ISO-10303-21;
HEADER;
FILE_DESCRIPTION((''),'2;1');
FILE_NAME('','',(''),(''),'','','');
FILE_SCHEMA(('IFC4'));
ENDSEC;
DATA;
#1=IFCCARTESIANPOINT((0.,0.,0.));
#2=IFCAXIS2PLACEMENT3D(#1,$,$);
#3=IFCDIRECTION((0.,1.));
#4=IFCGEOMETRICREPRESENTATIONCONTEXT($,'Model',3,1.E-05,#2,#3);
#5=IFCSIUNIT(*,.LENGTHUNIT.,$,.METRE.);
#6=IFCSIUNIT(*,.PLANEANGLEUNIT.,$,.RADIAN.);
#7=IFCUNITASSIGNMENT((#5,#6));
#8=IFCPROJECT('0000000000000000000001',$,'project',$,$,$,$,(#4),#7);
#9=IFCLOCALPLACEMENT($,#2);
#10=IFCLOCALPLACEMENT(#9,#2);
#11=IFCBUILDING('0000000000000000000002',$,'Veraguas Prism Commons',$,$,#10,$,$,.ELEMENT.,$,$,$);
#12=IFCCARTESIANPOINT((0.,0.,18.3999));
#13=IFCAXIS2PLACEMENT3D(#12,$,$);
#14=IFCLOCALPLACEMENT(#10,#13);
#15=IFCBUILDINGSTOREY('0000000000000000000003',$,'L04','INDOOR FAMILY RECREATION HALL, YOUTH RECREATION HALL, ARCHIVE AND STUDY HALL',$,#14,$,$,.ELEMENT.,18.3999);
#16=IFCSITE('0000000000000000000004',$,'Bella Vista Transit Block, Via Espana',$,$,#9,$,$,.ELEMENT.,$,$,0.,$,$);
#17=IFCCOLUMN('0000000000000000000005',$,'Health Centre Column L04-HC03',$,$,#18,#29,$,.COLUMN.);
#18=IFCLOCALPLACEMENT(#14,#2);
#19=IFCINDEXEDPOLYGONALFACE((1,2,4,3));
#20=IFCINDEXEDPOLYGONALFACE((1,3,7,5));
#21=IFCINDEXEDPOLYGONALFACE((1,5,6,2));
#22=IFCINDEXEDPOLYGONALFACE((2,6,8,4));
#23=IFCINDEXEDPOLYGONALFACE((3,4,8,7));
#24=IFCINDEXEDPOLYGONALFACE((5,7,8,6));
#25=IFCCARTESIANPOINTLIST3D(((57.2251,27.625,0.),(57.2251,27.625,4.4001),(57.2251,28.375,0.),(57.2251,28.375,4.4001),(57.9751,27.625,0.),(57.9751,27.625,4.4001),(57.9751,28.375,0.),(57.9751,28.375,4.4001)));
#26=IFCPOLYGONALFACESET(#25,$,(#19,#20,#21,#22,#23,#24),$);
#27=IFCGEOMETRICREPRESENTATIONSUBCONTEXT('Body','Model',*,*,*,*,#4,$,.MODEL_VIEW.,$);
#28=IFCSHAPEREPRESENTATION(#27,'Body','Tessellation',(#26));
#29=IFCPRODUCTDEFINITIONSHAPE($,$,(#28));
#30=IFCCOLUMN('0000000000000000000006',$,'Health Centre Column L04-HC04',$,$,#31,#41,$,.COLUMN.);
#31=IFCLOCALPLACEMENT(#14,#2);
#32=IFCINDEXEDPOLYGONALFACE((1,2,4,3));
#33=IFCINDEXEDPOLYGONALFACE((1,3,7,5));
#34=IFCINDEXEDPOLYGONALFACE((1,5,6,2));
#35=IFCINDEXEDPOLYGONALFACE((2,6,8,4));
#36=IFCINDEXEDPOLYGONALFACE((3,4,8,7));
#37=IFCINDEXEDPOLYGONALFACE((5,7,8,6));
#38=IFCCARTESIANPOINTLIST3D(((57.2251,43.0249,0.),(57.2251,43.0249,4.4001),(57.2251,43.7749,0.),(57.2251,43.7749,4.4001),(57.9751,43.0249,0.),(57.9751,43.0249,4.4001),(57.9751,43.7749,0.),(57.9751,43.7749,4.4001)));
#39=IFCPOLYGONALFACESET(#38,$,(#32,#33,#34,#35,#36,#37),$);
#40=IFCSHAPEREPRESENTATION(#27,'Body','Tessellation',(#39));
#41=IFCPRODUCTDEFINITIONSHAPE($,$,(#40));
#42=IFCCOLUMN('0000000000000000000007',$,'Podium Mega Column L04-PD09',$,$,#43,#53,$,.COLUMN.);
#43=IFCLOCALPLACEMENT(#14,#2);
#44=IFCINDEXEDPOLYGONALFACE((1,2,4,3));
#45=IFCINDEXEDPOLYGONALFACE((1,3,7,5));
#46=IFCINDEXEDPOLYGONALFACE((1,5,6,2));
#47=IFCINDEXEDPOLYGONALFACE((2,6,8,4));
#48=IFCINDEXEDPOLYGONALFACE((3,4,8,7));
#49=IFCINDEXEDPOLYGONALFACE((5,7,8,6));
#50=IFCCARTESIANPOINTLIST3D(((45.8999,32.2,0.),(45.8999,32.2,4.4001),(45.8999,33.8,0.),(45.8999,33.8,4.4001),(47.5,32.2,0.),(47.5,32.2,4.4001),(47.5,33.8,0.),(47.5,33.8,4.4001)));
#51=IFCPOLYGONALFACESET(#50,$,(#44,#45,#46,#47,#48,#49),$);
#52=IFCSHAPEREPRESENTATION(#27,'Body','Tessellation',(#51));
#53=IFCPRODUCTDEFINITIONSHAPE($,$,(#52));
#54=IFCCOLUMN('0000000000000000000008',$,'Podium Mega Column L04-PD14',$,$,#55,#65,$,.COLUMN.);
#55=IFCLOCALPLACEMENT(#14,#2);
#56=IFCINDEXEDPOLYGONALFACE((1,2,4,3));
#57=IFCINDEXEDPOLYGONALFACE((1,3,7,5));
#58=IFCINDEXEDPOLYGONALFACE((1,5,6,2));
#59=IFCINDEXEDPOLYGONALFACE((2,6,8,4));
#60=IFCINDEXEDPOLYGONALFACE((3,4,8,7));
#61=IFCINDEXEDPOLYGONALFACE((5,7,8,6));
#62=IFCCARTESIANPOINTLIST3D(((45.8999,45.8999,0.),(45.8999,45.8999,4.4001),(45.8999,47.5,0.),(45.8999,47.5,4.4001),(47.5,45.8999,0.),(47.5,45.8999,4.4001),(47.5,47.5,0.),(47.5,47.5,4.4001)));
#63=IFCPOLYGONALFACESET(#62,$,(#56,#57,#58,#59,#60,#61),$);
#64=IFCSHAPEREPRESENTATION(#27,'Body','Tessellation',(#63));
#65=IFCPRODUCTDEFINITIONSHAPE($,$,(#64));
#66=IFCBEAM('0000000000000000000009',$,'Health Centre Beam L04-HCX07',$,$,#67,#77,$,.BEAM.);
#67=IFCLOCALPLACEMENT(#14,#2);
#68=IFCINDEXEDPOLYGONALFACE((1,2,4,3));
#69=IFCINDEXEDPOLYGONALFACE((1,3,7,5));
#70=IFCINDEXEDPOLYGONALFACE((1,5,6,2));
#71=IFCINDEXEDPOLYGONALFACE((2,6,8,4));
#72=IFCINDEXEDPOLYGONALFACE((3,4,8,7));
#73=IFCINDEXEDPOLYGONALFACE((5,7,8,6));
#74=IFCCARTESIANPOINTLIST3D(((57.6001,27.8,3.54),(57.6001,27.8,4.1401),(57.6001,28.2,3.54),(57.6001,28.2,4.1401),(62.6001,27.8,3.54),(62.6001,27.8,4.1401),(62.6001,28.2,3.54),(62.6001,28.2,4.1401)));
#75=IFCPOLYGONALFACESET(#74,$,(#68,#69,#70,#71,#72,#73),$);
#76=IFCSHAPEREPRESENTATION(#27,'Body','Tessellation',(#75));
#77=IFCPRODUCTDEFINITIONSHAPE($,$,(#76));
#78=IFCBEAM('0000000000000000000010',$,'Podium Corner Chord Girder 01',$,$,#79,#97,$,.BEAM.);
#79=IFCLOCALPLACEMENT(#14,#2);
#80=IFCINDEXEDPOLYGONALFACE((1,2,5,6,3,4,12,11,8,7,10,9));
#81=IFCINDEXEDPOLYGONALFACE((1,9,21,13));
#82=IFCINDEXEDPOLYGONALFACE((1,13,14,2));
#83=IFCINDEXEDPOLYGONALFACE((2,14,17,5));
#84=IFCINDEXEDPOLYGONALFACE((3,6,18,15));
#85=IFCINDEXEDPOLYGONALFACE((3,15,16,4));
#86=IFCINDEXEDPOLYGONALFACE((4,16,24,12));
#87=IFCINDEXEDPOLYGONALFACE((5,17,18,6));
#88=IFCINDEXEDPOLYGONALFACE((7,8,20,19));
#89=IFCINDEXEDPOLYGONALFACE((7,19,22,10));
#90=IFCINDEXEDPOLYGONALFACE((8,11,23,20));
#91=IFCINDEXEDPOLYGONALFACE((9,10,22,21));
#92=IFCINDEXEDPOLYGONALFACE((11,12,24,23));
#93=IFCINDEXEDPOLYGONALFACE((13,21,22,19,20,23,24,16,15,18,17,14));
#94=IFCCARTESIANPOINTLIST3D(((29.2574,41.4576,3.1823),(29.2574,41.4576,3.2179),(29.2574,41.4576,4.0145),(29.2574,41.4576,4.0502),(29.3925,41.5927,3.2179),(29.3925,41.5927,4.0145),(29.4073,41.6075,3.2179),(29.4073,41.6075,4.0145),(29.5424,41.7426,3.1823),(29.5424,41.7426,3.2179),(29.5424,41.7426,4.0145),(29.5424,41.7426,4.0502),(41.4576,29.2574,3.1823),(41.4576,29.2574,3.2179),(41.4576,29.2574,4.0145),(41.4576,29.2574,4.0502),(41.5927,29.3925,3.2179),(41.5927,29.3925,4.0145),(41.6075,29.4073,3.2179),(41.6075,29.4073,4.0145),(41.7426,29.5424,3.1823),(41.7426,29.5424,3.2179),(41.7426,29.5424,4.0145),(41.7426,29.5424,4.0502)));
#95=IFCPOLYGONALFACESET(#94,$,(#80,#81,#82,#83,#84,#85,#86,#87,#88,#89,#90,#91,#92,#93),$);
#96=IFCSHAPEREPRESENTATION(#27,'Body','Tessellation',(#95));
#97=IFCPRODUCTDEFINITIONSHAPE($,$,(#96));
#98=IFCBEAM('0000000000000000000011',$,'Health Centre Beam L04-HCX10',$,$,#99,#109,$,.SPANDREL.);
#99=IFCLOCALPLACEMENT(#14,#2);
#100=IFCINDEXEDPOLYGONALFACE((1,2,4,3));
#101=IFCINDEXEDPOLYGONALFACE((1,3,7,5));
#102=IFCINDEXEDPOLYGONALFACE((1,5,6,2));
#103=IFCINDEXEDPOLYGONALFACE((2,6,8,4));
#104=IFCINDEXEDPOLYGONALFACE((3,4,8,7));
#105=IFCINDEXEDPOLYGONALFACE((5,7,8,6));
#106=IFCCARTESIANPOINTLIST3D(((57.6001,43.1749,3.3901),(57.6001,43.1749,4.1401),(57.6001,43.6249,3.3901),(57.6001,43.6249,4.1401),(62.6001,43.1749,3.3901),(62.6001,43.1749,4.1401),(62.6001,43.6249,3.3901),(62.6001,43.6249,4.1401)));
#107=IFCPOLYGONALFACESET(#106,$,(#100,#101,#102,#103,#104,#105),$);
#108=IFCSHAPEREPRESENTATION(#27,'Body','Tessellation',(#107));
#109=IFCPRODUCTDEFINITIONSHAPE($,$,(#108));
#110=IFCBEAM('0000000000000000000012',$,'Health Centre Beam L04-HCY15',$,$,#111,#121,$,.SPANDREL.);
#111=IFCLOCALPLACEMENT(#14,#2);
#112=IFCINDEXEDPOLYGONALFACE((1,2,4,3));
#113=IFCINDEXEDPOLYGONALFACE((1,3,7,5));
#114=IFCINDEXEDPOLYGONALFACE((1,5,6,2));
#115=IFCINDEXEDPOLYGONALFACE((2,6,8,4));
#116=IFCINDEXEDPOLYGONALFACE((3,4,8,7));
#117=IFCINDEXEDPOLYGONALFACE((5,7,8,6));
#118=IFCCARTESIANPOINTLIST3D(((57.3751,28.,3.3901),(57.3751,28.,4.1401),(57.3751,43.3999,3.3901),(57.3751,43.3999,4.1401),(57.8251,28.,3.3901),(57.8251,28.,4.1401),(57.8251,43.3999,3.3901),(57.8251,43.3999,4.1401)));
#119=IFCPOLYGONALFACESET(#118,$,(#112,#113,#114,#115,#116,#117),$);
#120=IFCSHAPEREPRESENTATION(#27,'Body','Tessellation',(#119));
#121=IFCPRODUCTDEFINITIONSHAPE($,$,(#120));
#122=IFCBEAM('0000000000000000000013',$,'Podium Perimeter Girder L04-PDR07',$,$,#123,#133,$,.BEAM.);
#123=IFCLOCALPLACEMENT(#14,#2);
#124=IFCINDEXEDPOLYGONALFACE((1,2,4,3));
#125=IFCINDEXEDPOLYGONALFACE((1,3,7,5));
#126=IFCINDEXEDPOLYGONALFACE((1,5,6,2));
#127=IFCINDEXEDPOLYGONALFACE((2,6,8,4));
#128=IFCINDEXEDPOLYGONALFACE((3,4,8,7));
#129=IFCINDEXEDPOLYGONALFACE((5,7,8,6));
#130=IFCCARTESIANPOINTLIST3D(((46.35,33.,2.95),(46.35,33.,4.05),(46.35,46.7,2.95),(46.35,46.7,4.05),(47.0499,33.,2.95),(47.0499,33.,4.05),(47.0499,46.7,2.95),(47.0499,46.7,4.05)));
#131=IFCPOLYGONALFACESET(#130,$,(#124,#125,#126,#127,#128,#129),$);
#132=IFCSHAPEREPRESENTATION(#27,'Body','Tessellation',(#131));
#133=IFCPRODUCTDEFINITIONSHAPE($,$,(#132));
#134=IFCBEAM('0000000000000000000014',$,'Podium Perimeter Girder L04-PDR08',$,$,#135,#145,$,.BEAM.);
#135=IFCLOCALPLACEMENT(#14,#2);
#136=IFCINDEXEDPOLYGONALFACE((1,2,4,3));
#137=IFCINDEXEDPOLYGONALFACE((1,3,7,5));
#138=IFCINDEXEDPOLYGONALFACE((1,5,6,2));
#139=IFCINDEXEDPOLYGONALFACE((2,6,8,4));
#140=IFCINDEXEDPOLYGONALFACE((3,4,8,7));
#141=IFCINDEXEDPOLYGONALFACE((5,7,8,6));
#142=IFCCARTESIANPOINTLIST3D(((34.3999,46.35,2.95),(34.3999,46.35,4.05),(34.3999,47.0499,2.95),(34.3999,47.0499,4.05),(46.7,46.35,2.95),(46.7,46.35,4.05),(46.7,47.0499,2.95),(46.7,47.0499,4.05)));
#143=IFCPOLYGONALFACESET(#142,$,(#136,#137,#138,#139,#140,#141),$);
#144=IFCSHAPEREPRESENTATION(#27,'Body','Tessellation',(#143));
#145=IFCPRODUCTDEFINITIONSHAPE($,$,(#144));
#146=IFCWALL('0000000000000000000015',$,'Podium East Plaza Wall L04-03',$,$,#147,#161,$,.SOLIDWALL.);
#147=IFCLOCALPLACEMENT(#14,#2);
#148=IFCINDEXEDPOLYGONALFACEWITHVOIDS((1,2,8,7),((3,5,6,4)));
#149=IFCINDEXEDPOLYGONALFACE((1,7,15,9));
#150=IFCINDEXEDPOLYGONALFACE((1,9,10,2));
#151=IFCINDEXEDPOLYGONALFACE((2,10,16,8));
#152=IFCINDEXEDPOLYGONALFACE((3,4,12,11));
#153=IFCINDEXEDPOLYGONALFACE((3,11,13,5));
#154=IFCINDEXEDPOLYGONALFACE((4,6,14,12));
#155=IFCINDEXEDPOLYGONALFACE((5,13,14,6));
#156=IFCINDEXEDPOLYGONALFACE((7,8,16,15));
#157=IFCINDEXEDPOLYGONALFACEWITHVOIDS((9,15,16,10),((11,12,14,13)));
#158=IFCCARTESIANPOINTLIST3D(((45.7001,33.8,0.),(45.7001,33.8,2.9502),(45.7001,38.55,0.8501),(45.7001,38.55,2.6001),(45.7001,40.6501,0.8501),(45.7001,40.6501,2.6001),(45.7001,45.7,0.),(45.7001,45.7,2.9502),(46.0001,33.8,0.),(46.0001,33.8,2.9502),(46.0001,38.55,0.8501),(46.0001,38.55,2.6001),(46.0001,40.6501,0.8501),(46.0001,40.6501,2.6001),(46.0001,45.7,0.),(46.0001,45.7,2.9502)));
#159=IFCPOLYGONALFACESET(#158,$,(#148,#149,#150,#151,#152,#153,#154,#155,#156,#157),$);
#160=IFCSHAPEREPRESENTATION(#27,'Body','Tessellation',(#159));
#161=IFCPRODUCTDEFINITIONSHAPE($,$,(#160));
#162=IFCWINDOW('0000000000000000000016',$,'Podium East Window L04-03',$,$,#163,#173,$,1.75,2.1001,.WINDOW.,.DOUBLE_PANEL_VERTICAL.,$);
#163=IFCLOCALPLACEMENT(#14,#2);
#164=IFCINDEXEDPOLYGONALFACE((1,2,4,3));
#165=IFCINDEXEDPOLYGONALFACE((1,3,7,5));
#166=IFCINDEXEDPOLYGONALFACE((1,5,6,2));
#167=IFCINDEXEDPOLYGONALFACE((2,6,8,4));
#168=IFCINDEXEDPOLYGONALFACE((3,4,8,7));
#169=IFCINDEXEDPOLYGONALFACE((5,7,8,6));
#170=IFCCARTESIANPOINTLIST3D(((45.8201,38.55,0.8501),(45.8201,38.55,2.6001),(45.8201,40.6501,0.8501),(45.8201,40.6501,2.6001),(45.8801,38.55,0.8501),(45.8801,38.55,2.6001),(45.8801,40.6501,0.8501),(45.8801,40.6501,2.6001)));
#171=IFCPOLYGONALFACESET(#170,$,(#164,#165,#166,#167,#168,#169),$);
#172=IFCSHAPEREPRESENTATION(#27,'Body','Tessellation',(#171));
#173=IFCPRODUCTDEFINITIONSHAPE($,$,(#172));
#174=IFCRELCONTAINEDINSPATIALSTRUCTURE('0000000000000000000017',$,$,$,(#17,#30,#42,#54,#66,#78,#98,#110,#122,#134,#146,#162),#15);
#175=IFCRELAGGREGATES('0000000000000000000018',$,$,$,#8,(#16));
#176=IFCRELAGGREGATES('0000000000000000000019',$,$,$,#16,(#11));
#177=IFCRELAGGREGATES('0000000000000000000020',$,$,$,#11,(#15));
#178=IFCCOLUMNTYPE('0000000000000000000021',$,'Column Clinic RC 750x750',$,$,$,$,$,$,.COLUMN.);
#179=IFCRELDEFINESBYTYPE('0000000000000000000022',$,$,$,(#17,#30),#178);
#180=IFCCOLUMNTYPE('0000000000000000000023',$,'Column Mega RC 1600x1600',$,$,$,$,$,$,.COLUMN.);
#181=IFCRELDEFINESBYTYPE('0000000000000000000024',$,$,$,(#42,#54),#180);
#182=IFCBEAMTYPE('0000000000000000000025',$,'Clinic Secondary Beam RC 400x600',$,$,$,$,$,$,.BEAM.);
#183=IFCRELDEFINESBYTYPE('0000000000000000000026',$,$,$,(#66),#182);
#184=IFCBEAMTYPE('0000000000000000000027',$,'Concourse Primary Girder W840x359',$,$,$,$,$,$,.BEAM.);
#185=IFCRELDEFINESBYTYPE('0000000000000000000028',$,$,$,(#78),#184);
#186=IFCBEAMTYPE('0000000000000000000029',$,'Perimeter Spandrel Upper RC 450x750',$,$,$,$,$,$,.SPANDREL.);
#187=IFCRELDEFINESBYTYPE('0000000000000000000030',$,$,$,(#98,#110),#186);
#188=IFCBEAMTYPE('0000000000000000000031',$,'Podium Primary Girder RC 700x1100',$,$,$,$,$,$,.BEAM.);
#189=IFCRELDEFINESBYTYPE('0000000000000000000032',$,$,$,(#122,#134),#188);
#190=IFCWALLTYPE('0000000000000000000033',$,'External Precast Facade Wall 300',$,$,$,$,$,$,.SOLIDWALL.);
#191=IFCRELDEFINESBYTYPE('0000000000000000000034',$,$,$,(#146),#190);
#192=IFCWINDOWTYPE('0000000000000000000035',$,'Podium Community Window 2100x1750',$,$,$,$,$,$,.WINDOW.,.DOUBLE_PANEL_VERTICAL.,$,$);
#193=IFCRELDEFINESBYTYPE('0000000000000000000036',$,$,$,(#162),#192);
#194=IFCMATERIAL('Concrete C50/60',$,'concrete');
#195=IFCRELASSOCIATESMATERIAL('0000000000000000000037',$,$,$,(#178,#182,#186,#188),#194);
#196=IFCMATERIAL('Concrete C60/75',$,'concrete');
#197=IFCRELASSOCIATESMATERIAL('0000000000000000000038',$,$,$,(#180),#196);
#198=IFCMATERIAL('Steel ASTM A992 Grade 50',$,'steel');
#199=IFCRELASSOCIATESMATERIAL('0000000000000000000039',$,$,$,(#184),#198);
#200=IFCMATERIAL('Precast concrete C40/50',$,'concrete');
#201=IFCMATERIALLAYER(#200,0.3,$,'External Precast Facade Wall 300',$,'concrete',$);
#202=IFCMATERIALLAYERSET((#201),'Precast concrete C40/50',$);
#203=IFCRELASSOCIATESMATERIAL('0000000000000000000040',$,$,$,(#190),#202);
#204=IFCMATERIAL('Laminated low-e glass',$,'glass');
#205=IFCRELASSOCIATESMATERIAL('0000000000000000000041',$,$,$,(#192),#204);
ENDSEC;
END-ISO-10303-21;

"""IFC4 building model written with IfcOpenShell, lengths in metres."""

from ifc_helpers import new_model, si_unit, direction, frame, frame_2d, origin, origin_2d, place, context, subcontext, project, spatial, rectangle, i_section, extrude, source, transform, mapped, material, layer, layer_set, material_profile, profile_set, type_object, element, fill, save


model = new_model("IFC4")

# Units and contexts
model_context = context("Model", 3, precision=1e-05, world=origin(), true_north=direction((0.0, 1.0)))
body_context = subcontext(model_context, "Body", "Model", "MODEL_VIEW")
ifc_project = project(units=[si_unit("LENGTHUNIT", "METRE"), si_unit("PLANEANGLEUNIT", "RADIAN")], contexts=[model_context])

# Site, building, storey
site_placement = place(None, origin())
site = spatial("IfcSite", under=ifc_project, at=site_placement, Name="Bella Vista Transit Block, Via Espana", CompositionType="ELEMENT", RefElevation=0.0)
building_placement = place(site_placement, origin())
building = spatial("IfcBuilding", under=site, at=building_placement, Name="Veraguas Prism Commons", CompositionType="ELEMENT")
storey_placement = place(building_placement, frame((0.0, 0.0, 18.3999)))
storey = spatial("IfcBuildingStorey", under=building, at=storey_placement, Name="L04", Description="INDOOR FAMILY RECREATION HALL, YOUTH RECREATION HALL, ARCHIVE AND STUDY HALL", CompositionType="ELEMENT", Elevation=18.3999)

# Columns
ifc_material_1 = material(Name="Concrete C50/60", Category="concrete")
ifc_material_profile_1 = material_profile(ifc_material_1, rectangle(XDim=0.75, YDim=0.75, at=origin_2d()), Name="RC750X750")
ifc_profile_set_1 = profile_set([ifc_material_profile_1], Name="Concrete C50/60")
column_type_1 = type_object("IfcColumnType", Name="Column Clinic RC 750x750", PredefinedType="COLUMN", material=ifc_profile_set_1)
for number, where, z_axis, x_axis, name in (
    (1, (57.6001, 28.0, 0.0), (0.0, 0.0, 1.0), (1.0, 0.0, 0.0), "Health Centre Column L04-HC03"),
    (2, (57.6001, 43.3999, 0.0), (0.0, 0.0, 1.0), (1.0, 0.0, 0.0), "Health Centre Column L04-HC04"),
):
    element("IfcColumn", number, at=place(storey_placement, frame(where, z_axis=z_axis, x_axis=x_axis)), inside=storey, type_object=column_type_1, Name=name, PredefinedType="COLUMN", context=body_context, shape_type="SweptSolid", body=[
        extrude(rectangle(XDim=0.75, YDim=0.75, at=origin_2d()), origin(), (0.0, 0.0, 1.0), 4.4001),
    ])
ifc_material_2 = material(Name="Concrete C60/75", Category="concrete")
ifc_material_profile_2 = material_profile(ifc_material_2, rectangle(XDim=1.6001, YDim=1.6001, at=origin_2d()), Name="RC1600X1600")
ifc_profile_set_2 = profile_set([ifc_material_profile_2], Name="Concrete C60/75")
column_type_2 = type_object("IfcColumnType", Name="Column Mega RC 1600x1600", PredefinedType="COLUMN", material=ifc_profile_set_2)
for number, where, z_axis, x_axis, name in (
    (3, (46.7, 33.0, 0.0), (0.0, 0.0, 1.0), (1.0, 0.0, 0.0), "Podium Mega Column L04-PD09"),
    (4, (46.7, 46.7, 0.0), (0.0, 0.0, 1.0), (1.0, 0.0, 0.0), "Podium Mega Column L04-PD14"),
):
    element("IfcColumn", number, at=place(storey_placement, frame(where, z_axis=z_axis, x_axis=x_axis)), inside=storey, type_object=column_type_2, Name=name, PredefinedType="COLUMN", context=body_context, shape_type="SweptSolid", body=[
        extrude(rectangle(XDim=1.6001, YDim=1.6001, at=origin_2d()), origin(), (0.0, 0.0, 1.0), 4.4001),
    ])

# Beams
ifc_material_profile_3 = material_profile(ifc_material_1, rectangle(XDim=0.3999, YDim=0.6001, at=origin_2d()), Name="RC400X600")
ifc_profile_set_3 = profile_set([ifc_material_profile_3], Name="Concrete C50/60")
beam_type_1 = type_object("IfcBeamType", Name="Clinic Secondary Beam RC 400x600", PredefinedType="BEAM", material=ifc_profile_set_3)
beam_1_placement = place(storey_placement, frame((57.6001, 28.0, 3.8401), z_axis=(1.0, 0.0, 0.0), x_axis=(0.0, 1.0, 0.0)))
element("IfcBeam", 5, at=beam_1_placement, inside=storey, type_object=beam_type_1, Name="Health Centre Beam L04-HCX07", PredefinedType="BEAM", context=body_context, shape_type="SweptSolid", body=[
    extrude(rectangle(XDim=0.3999, YDim=0.6001, at=origin_2d()), origin(), (0.0, 0.0, 1.0), 5.0),
])
ifc_material_3 = material(Name="Steel ASTM A992 Grade 50", Category="steel")
ifc_material_profile_4 = material_profile(ifc_material_3, i_section(OverallWidth=0.4031, OverallDepth=0.8679, WebThickness=0.021, FlangeThickness=0.0356, at=origin_2d()), Name="W840X359")
ifc_profile_set_4 = profile_set([ifc_material_profile_4], Name="Steel ASTM A992 Grade 50")
beam_type_2 = type_object("IfcBeamType", Name="Concourse Primary Girder W840x359", PredefinedType="BEAM", material=ifc_profile_set_4)
beam_2_placement = place(storey_placement, frame((41.6001, 29.3999, 3.6162), z_axis=(-0.707107, 0.707107, 0.0), x_axis=(-0.707107, -0.707107, 0.0)))
element("IfcBeam", 6, at=beam_2_placement, inside=storey, type_object=beam_type_2, Name="Podium Corner Chord Girder 01", PredefinedType="BEAM", context=body_context, shape_type="SweptSolid", body=[
    extrude(i_section(OverallWidth=0.4031, OverallDepth=0.8679, WebThickness=0.021, FlangeThickness=0.0356, at=origin_2d()), origin(), (0.0, 0.0, 1.0), 17.2537),
])
ifc_material_profile_5 = material_profile(ifc_material_1, rectangle(XDim=0.45, YDim=0.75, at=origin_2d()), Name="RC450X750")
ifc_profile_set_5 = profile_set([ifc_material_profile_5], Name="Concrete C50/60")
beam_type_3 = type_object("IfcBeamType", Name="Perimeter Spandrel Upper RC 450x750", PredefinedType="SPANDREL", material=ifc_profile_set_5)
beam_3_placement = place(storey_placement, frame((57.6001, 43.3999, 3.7651), z_axis=(1.0, 0.0, 0.0), x_axis=(0.0, 1.0, 0.0)))
element("IfcBeam", 7, at=beam_3_placement, inside=storey, type_object=beam_type_3, Name="Health Centre Beam L04-HCX10", PredefinedType="SPANDREL", context=body_context, shape_type="SweptSolid", body=[
    extrude(rectangle(XDim=0.45, YDim=0.75, at=origin_2d()), origin(), (0.0, 0.0, 1.0), 5.0),
])
beam_4_placement = place(storey_placement, frame((57.6001, 28.0, 3.7651), z_axis=(0.0, 1.0, 0.0), x_axis=(-1.0, 0.0, 0.0)))
element("IfcBeam", 8, at=beam_4_placement, inside=storey, type_object=beam_type_3, Name="Health Centre Beam L04-HCY15", PredefinedType="SPANDREL", context=body_context, shape_type="SweptSolid", body=[
    extrude(rectangle(XDim=0.45, YDim=0.75, at=origin_2d()), origin(), (0.0, 0.0, 1.0), 15.3999),
])
ifc_material_profile_6 = material_profile(ifc_material_1, rectangle(XDim=0.7, YDim=1.1001, at=origin_2d()), Name="RC700X1100")
ifc_profile_set_6 = profile_set([ifc_material_profile_6], Name="Concrete C50/60")
beam_type_4 = type_object("IfcBeamType", Name="Podium Primary Girder RC 700x1100", PredefinedType="BEAM", material=ifc_profile_set_6)
beam_5_placement = place(storey_placement, frame((46.7, 33.0, 3.5), z_axis=(0.0, 1.0, 0.0), x_axis=(-1.0, 0.0, 0.0)))
element("IfcBeam", 9, at=beam_5_placement, inside=storey, type_object=beam_type_4, Name="Podium Perimeter Girder L04-PDR07", PredefinedType="BEAM", context=body_context, shape_type="SweptSolid", body=[
    extrude(rectangle(XDim=0.7, YDim=1.1001, at=origin_2d()), origin(), (0.0, 0.0, 1.0), 13.7),
])
beam_6_placement = place(storey_placement, frame((46.7, 46.7, 3.5), z_axis=(-1.0, 0.0, 0.0), x_axis=(0.0, -1.0, 0.0)))
element("IfcBeam", 10, at=beam_6_placement, inside=storey, type_object=beam_type_4, Name="Podium Perimeter Girder L04-PDR08", PredefinedType="BEAM", context=body_context, shape_type="SweptSolid", body=[
    extrude(rectangle(XDim=0.7, YDim=1.1001, at=origin_2d()), origin(), (0.0, 0.0, 1.0), 12.3),
])

# Wall, opening, window
ifc_material_4 = material(Name="Precast concrete C40/50", Category="concrete")
ifc_layer_1 = layer(ifc_material_4, 0.3, Name="External Precast Facade Wall 300", Category="concrete")
ifc_layer_set_1 = layer_set([ifc_layer_1], Name="Precast concrete C40/50")
wall_type_1 = type_object("IfcWallType", Name="External Precast Facade Wall 300", PredefinedType="SOLIDWALL", material=ifc_layer_set_1)
wall_1_placement = place(storey_placement, frame((45.8501, 33.8, 0.0), z_axis=(0.0, 0.0, 1.0), x_axis=(0.0, 1.0, 0.0)))
wall_1 = element("IfcWall", 11, at=wall_1_placement, inside=storey, type_object=wall_type_1, Name="Podium East Plaza Wall L04-03", PredefinedType="SOLIDWALL", context=body_context, shape_type="SweptSolid", body=[
    extrude(rectangle(XDim=11.8999, YDim=0.3, at=frame_2d((5.95, 0.0))), origin(), (0.0, 0.0, 1.0), 2.9502),
])
opening_1_placement = place(wall_1_placement, frame((4.75, 0.0, 0.8501)))
opening_1 = element("IfcOpeningElement", 12, at=opening_1_placement, cuts=wall_1, PredefinedType="OPENING", context=body_context, shape_type="SweptSolid", body=[
    extrude(rectangle(XDim=2.1001, YDim=1.75, at=frame_2d((1.05, 0.875))), frame((0.0, 0.1599, 0.0), z_axis=(0.0, -1.0, 0.0), x_axis=(1.0, 0.0, 0.0)), (0.0, 0.0, 1.0), 0.3201),
])
ifc_material_5 = material(Name="Laminated low-e glass", Category="glass")
window_type_1 = type_object("IfcWindowType", Name="Podium Community Window 2100x1750", PartitioningType="DOUBLE_PANEL_VERTICAL", PredefinedType="WINDOW", material=ifc_material_5)
shared_shape_1 = source(origin(), body_context, "Body", "SweptSolid", [
    extrude(rectangle(XDim=2.1001, YDim=1.75, at=frame_2d((1.05, 0.875))), frame((0.0, 0.03, 0.0), z_axis=(0.0, -1.0, 0.0), x_axis=(1.0, 0.0, 0.0)), (0.0, 0.0, 1.0), 0.0601),
])
window_1_placement = place(opening_1_placement, origin())
window_1 = element("IfcWindow", 13, at=window_1_placement, inside=storey, type_object=window_type_1, Name="Podium East Window L04-03", OverallHeight=1.75, OverallWidth=2.1001, PartitioningType="DOUBLE_PANEL_VERTICAL", PredefinedType="WINDOW", context=body_context, shape_type="MappedRepresentation", body=[
    mapped(shared_shape_1, transform((0.0, 0.0, 0.0), scale=1.0)),
])
fill(opening_1, window_1)

save(model, "model.ifc")
